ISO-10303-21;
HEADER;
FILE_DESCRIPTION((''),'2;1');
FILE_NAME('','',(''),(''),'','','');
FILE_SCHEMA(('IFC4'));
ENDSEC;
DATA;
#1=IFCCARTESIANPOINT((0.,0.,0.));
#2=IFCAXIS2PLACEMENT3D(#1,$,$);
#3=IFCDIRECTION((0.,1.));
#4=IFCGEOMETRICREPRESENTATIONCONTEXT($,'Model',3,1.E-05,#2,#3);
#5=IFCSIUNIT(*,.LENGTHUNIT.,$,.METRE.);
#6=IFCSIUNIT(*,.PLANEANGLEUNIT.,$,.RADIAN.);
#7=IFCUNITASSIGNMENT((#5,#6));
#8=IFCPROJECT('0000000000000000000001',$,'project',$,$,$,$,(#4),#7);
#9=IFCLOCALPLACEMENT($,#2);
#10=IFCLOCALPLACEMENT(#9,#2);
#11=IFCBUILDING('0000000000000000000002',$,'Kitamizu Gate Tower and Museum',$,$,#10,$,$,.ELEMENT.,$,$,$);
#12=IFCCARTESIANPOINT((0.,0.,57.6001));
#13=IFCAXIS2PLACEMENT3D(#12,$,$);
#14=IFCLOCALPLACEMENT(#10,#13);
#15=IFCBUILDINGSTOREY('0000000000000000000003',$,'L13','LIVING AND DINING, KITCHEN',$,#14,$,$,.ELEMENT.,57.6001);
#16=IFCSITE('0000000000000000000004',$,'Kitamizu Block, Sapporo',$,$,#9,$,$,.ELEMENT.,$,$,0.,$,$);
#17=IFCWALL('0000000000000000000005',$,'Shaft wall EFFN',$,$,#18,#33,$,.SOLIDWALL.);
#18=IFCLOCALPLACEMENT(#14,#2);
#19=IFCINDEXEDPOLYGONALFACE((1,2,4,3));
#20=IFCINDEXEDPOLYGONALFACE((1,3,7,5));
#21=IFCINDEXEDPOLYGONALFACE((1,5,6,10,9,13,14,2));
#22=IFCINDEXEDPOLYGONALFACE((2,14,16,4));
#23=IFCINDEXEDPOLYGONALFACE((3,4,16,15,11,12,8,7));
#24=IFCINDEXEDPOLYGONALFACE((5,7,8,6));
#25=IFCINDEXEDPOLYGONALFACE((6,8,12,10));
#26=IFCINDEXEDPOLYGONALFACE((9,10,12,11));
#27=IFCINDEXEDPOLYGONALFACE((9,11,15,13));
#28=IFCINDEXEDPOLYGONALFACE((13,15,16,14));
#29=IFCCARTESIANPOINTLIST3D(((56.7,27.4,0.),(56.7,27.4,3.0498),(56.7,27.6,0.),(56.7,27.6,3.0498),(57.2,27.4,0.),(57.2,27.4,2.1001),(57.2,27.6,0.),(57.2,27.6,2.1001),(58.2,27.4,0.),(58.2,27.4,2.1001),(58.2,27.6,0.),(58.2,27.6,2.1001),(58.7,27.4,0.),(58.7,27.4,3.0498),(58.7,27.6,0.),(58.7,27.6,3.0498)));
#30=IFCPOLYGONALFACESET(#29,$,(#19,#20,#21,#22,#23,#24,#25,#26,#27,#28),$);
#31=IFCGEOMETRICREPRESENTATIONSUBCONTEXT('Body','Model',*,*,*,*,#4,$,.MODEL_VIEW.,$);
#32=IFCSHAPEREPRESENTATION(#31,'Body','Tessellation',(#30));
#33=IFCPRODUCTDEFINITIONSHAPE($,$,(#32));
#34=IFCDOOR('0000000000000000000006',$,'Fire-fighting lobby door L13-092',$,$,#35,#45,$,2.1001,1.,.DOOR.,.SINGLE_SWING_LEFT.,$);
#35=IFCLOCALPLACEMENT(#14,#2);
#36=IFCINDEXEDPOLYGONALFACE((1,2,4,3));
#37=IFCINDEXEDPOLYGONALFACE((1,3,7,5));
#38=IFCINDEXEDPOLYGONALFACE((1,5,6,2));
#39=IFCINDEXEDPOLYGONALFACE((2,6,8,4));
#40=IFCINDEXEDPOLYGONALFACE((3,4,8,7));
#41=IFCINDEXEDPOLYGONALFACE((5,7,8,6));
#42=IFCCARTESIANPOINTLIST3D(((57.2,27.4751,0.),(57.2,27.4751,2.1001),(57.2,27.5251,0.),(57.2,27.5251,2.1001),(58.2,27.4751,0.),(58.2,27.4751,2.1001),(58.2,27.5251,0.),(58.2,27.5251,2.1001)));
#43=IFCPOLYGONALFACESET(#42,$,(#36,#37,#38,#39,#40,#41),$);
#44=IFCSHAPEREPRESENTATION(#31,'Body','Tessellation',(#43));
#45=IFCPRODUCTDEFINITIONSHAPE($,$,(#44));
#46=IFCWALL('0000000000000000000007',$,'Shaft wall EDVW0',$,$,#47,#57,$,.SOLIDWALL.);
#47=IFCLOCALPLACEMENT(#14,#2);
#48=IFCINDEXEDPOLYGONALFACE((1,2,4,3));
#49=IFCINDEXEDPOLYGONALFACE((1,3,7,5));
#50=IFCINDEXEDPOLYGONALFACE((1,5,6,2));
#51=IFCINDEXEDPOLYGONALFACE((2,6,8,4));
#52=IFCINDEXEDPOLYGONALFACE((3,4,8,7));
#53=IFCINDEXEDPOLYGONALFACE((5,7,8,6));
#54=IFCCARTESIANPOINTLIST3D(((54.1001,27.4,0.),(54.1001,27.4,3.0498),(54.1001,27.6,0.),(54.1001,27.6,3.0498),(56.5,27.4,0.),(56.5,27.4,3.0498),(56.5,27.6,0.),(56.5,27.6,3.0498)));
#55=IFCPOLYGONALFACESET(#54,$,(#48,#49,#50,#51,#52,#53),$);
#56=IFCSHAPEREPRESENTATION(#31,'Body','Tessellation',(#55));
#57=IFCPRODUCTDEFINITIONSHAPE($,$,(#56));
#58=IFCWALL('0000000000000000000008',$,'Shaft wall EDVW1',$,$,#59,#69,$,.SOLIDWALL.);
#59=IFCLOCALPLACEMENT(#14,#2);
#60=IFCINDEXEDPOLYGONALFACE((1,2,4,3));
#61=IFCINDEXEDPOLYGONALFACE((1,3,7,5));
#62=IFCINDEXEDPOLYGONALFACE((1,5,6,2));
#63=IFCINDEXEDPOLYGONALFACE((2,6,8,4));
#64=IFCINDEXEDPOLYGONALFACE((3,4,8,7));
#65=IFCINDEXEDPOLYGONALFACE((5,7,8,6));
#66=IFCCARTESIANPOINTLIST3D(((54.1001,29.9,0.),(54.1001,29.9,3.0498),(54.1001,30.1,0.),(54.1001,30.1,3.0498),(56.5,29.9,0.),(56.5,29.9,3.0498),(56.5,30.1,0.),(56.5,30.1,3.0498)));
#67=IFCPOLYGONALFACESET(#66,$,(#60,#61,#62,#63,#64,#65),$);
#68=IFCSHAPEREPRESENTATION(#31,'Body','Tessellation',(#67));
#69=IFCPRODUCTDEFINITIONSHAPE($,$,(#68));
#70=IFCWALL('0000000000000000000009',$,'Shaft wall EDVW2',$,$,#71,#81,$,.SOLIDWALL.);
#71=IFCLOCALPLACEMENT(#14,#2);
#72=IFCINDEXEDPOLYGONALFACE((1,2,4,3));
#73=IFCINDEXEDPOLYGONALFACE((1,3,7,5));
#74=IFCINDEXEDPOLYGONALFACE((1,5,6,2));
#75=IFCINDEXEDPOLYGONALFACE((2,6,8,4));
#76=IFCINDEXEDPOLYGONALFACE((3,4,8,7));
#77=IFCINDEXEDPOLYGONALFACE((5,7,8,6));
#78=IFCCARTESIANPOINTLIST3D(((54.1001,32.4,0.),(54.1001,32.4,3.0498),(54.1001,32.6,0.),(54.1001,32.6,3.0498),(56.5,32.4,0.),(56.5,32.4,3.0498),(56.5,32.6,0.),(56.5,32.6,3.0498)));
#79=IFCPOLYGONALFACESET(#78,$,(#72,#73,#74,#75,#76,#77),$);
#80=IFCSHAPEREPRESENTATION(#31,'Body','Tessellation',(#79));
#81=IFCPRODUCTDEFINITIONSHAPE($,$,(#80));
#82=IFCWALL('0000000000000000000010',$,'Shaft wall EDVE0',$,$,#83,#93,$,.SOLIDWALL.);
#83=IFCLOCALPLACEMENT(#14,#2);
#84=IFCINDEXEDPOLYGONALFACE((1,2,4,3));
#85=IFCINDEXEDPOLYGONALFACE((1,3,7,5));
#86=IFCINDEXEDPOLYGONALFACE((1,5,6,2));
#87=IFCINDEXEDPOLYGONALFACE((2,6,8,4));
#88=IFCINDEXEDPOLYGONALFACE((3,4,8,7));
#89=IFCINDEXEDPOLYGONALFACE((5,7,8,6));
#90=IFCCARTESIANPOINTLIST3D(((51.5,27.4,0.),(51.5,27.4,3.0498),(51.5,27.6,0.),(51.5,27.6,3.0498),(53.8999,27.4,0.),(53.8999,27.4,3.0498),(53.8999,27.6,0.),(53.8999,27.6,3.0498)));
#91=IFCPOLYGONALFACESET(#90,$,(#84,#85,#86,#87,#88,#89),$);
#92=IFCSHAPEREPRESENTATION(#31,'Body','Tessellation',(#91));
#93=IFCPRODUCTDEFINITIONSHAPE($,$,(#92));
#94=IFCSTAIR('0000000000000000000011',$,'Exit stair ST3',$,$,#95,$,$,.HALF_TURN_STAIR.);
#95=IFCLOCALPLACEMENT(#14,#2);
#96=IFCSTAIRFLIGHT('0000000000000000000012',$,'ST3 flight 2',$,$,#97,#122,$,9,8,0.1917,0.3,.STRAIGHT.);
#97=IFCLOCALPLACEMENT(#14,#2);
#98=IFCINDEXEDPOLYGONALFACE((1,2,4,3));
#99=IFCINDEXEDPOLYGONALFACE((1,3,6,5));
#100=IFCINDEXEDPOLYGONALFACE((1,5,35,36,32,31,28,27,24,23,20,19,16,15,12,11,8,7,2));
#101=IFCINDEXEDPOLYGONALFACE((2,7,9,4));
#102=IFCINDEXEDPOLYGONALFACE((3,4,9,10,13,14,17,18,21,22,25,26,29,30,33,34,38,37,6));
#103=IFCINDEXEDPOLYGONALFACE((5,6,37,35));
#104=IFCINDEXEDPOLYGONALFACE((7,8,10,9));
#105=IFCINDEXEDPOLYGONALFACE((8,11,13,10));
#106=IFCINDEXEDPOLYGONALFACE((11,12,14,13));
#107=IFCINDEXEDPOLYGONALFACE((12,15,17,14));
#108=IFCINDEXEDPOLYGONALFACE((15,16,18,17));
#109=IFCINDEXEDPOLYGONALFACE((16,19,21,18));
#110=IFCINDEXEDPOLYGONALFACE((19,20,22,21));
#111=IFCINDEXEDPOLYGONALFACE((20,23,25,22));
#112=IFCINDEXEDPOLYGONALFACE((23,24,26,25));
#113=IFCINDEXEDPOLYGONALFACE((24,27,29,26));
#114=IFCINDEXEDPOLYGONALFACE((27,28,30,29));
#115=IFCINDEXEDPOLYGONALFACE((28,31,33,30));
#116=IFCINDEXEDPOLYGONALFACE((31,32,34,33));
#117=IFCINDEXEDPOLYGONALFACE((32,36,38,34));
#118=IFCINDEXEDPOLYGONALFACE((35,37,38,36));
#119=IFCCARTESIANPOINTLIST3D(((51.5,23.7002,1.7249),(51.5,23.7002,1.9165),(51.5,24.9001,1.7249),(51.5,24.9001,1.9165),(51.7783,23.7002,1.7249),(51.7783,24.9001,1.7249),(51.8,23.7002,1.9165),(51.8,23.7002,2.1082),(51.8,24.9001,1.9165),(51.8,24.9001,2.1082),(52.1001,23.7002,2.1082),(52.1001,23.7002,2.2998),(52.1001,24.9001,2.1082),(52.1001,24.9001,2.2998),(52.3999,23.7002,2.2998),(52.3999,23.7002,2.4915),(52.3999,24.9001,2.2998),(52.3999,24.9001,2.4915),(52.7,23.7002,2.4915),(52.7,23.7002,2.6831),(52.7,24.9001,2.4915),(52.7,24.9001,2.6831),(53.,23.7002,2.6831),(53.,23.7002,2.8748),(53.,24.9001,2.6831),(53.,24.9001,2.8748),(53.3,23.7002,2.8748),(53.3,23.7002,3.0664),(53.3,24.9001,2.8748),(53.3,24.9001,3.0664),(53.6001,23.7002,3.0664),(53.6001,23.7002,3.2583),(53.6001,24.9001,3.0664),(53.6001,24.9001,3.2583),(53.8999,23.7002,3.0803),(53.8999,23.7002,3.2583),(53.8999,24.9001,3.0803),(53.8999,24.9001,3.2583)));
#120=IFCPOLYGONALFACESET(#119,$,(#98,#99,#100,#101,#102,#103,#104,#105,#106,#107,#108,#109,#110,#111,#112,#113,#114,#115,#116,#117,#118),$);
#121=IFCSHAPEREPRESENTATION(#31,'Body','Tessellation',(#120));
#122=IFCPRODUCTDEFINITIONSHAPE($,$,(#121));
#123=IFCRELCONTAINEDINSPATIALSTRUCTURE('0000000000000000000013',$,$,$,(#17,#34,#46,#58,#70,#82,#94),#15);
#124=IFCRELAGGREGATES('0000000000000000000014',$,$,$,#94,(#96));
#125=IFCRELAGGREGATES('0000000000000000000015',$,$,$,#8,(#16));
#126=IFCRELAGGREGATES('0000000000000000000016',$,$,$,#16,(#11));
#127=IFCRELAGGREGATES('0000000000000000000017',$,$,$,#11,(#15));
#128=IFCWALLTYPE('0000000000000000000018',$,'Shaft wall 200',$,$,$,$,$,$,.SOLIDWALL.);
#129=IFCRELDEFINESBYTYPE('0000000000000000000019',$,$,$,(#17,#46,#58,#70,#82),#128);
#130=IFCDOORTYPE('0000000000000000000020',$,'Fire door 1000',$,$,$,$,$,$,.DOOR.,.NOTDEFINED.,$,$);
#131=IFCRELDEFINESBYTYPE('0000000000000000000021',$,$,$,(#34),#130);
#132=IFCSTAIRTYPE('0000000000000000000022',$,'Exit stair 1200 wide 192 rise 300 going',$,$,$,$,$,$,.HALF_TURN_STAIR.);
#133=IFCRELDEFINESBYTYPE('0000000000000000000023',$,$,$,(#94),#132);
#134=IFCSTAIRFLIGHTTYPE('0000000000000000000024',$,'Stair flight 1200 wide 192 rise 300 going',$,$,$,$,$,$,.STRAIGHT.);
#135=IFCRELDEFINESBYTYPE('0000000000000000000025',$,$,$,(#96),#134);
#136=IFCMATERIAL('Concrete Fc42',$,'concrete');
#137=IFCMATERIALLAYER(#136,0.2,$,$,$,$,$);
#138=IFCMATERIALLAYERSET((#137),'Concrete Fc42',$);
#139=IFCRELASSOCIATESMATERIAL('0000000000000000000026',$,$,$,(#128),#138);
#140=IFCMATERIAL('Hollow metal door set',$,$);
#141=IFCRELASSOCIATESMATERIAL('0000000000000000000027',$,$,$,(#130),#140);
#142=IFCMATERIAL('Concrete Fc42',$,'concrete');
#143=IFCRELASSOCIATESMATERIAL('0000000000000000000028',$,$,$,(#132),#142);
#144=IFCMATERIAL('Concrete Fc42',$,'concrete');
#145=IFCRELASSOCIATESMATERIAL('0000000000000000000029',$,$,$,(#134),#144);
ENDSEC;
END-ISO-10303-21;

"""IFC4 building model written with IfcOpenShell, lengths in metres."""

from ifc_helpers import new_model, si_unit, direction, frame, frame_2d, origin, place, context, subcontext, project, spatial, polyline, rectangle, outline, extrude, material, layer, layer_set, type_object, element, fill, aggregate, save


model = new_model("IFC4")

# Units and contexts
model_context = context("Model", 3, precision=1e-05, world=origin(), true_north=direction((0.0, 1.0)))
body_context = subcontext(model_context, "Body", "Model", "MODEL_VIEW")
ifc_project = project(units=[si_unit("LENGTHUNIT", "METRE"), si_unit("PLANEANGLEUNIT", "RADIAN")], contexts=[model_context])

# Site, building, storey
site_placement = place(None, origin())
site = spatial("IfcSite", under=ifc_project, at=site_placement, Name="Kitamizu Block, Sapporo", CompositionType="ELEMENT", RefElevation=0.0)
building_placement = place(site_placement, origin())
building = spatial("IfcBuilding", under=site, at=building_placement, Name="Kitamizu Gate Tower and Museum", CompositionType="ELEMENT")
storey_placement = place(building_placement, frame((0.0, 0.0, 57.6001)))
storey = spatial("IfcBuildingStorey", under=building, at=storey_placement, Name="L13", Description="LIVING AND DINING, KITCHEN", CompositionType="ELEMENT", Elevation=57.6001)

# Shared definitions
ifc_material_1 = material(Name="Concrete Fc42", Category="concrete")
ifc_layer_1 = layer(ifc_material_1, 0.2)
ifc_layer_set_1 = layer_set([ifc_layer_1], Name="Concrete Fc42")
wall_type_1 = type_object("IfcWallType", Name="Shaft wall 200", PredefinedType="SOLIDWALL", material=ifc_layer_set_1)
ifc_material_2 = material(Name="Hollow metal door set")
door_type_1 = type_object("IfcDoorType", Name="Fire door 1000", OperationType="NOTDEFINED", PredefinedType="DOOR", material=ifc_material_2)

# Wall, opening, door
wall_1_placement = place(storey_placement, frame((58.7, 27.5, 0.0), z_axis=(0.0, 0.0, 1.0), x_axis=(-1.0, 0.0, 0.0)))
wall_1 = element("IfcWall", 1, at=wall_1_placement, inside=storey, type_object=wall_type_1, Name="Shaft wall EFFN", PredefinedType="SOLIDWALL", context=body_context, shape_type="SweptSolid", body=[
    extrude(rectangle(XDim=2.0, YDim=0.2, at=frame_2d((1.0, 0.0))), origin(), (0.0, 0.0, 1.0), 3.0498),
])
opening_1_placement = place(wall_1_placement, frame((0.5, 0.0, 0.0)))
opening_1 = element("IfcOpeningElement", 2, at=opening_1_placement, cuts=wall_1, PredefinedType="OPENING", context=body_context, shape_type="SweptSolid", body=[
    extrude(rectangle(XDim=1.0, YDim=2.1001, at=frame_2d((0.5, 1.05))), frame((0.0, 0.1099, 0.0), z_axis=(0.0, -1.0, 0.0), x_axis=(1.0, 0.0, 0.0)), (0.0, 0.0, 1.0), 0.22),
])
door_1_placement = place(opening_1_placement, origin())
door_1 = element("IfcDoor", 3, at=door_1_placement, inside=storey, type_object=door_type_1, Name="Fire-fighting lobby door L13-092", OperationType="SINGLE_SWING_LEFT", OverallHeight=2.1001, OverallWidth=1.0, PredefinedType="DOOR", context=body_context, shape_type="SweptSolid", body=[
    extrude(rectangle(XDim=1.0, YDim=2.1001, at=frame_2d((0.5, 1.05))), frame((0.0, 0.0249, 0.0), z_axis=(0.0, -1.0, 0.0), x_axis=(1.0, 0.0, 0.0)), (0.0, 0.0, 1.0), 0.05),
])
fill(opening_1, door_1)

# Walls
for number, where, z_axis, x_axis, name in (
    (4, (56.5, 27.5, 0.0), (0.0, 0.0, 1.0), (-1.0, 0.0, 0.0), "Shaft wall EDVW0"),
    (5, (56.5, 30.0, 0.0), (0.0, 0.0, 1.0), (-1.0, 0.0, 0.0), "Shaft wall EDVW1"),
    (6, (56.5, 32.5, 0.0), (0.0, 0.0, 1.0), (-1.0, 0.0, 0.0), "Shaft wall EDVW2"),
    (7, (53.8999, 27.5, 0.0), (0.0, 0.0, 1.0), (-1.0, 0.0, 0.0), "Shaft wall EDVE0"),
):
    element("IfcWall", number, at=place(storey_placement, frame(where, z_axis=z_axis, x_axis=x_axis)), inside=storey, type_object=wall_type_1, Name=name, PredefinedType="SOLIDWALL", context=body_context, shape_type="SweptSolid", body=[
        extrude(rectangle(XDim=2.3999, YDim=0.2, at=frame_2d((1.2, 0.0))), origin(), (0.0, 0.0, 1.0), 3.0498),
    ])

# Stair, stair flight
ifc_material_3 = material(Name="Concrete Fc42", Category="concrete")
stair_type = type_object("IfcStairType", Name="Exit stair 1200 wide 192 rise 300 going", PredefinedType="HALF_TURN_STAIR", material=ifc_material_3)
stair_placement = place(storey_placement, origin())
stair = element("IfcStair", 8, at=stair_placement, inside=storey, type_object=stair_type, Name="Exit stair ST3", PredefinedType="HALF_TURN_STAIR")
ifc_material_4 = material(Name="Concrete Fc42", Category="concrete")
stair_flight_type = type_object("IfcStairFlightType", Name="Stair flight 1200 wide 192 rise 300 going", PredefinedType="STRAIGHT", material=ifc_material_4)
stair_flight_placement = place(storey_placement, frame((51.5, 24.3, 1.7249), z_axis=(0.0, 0.0, 1.0), x_axis=(1.0, 0.0, 0.0)))
stair_flight = element("IfcStairFlight", 9, at=stair_flight_placement, type_object=stair_flight_type, Name="ST3 flight 2", NumberOfRisers=9, NumberOfTreads=8, PredefinedType="STRAIGHT", RiserHeight=0.1917, TreadLength=0.3, context=body_context, shape_type="SweptSolid", body=[
    extrude(outline(polyline([(0.0, 0.0), (0.0, 0.1917), (0.3, 0.1917), (0.3, 0.3833), (0.6001, 0.3833), (0.6001, 0.575), (0.8999, 0.575), (0.8999, 0.7666), (1.2, 0.7666), (1.2, 0.9583), (1.5, 0.9583), (1.5, 1.1499), (1.8, 1.1499), (1.8, 1.3416), (2.1001, 1.3416), (2.1001, 1.5334), (2.3999, 1.5334), (2.3999, 1.7251), (2.3999, 1.3555), (0.2783, 0.0), (0.0, 0.0)])), frame((0.0, 0.6001, 0.0), z_axis=(0.0, -1.0, 0.0), x_axis=(1.0, 0.0, 0.0)), (0.0, 0.0, 1.0), 1.2),
])
aggregate(stair, [stair_flight])

save(model, "model.ifc")
